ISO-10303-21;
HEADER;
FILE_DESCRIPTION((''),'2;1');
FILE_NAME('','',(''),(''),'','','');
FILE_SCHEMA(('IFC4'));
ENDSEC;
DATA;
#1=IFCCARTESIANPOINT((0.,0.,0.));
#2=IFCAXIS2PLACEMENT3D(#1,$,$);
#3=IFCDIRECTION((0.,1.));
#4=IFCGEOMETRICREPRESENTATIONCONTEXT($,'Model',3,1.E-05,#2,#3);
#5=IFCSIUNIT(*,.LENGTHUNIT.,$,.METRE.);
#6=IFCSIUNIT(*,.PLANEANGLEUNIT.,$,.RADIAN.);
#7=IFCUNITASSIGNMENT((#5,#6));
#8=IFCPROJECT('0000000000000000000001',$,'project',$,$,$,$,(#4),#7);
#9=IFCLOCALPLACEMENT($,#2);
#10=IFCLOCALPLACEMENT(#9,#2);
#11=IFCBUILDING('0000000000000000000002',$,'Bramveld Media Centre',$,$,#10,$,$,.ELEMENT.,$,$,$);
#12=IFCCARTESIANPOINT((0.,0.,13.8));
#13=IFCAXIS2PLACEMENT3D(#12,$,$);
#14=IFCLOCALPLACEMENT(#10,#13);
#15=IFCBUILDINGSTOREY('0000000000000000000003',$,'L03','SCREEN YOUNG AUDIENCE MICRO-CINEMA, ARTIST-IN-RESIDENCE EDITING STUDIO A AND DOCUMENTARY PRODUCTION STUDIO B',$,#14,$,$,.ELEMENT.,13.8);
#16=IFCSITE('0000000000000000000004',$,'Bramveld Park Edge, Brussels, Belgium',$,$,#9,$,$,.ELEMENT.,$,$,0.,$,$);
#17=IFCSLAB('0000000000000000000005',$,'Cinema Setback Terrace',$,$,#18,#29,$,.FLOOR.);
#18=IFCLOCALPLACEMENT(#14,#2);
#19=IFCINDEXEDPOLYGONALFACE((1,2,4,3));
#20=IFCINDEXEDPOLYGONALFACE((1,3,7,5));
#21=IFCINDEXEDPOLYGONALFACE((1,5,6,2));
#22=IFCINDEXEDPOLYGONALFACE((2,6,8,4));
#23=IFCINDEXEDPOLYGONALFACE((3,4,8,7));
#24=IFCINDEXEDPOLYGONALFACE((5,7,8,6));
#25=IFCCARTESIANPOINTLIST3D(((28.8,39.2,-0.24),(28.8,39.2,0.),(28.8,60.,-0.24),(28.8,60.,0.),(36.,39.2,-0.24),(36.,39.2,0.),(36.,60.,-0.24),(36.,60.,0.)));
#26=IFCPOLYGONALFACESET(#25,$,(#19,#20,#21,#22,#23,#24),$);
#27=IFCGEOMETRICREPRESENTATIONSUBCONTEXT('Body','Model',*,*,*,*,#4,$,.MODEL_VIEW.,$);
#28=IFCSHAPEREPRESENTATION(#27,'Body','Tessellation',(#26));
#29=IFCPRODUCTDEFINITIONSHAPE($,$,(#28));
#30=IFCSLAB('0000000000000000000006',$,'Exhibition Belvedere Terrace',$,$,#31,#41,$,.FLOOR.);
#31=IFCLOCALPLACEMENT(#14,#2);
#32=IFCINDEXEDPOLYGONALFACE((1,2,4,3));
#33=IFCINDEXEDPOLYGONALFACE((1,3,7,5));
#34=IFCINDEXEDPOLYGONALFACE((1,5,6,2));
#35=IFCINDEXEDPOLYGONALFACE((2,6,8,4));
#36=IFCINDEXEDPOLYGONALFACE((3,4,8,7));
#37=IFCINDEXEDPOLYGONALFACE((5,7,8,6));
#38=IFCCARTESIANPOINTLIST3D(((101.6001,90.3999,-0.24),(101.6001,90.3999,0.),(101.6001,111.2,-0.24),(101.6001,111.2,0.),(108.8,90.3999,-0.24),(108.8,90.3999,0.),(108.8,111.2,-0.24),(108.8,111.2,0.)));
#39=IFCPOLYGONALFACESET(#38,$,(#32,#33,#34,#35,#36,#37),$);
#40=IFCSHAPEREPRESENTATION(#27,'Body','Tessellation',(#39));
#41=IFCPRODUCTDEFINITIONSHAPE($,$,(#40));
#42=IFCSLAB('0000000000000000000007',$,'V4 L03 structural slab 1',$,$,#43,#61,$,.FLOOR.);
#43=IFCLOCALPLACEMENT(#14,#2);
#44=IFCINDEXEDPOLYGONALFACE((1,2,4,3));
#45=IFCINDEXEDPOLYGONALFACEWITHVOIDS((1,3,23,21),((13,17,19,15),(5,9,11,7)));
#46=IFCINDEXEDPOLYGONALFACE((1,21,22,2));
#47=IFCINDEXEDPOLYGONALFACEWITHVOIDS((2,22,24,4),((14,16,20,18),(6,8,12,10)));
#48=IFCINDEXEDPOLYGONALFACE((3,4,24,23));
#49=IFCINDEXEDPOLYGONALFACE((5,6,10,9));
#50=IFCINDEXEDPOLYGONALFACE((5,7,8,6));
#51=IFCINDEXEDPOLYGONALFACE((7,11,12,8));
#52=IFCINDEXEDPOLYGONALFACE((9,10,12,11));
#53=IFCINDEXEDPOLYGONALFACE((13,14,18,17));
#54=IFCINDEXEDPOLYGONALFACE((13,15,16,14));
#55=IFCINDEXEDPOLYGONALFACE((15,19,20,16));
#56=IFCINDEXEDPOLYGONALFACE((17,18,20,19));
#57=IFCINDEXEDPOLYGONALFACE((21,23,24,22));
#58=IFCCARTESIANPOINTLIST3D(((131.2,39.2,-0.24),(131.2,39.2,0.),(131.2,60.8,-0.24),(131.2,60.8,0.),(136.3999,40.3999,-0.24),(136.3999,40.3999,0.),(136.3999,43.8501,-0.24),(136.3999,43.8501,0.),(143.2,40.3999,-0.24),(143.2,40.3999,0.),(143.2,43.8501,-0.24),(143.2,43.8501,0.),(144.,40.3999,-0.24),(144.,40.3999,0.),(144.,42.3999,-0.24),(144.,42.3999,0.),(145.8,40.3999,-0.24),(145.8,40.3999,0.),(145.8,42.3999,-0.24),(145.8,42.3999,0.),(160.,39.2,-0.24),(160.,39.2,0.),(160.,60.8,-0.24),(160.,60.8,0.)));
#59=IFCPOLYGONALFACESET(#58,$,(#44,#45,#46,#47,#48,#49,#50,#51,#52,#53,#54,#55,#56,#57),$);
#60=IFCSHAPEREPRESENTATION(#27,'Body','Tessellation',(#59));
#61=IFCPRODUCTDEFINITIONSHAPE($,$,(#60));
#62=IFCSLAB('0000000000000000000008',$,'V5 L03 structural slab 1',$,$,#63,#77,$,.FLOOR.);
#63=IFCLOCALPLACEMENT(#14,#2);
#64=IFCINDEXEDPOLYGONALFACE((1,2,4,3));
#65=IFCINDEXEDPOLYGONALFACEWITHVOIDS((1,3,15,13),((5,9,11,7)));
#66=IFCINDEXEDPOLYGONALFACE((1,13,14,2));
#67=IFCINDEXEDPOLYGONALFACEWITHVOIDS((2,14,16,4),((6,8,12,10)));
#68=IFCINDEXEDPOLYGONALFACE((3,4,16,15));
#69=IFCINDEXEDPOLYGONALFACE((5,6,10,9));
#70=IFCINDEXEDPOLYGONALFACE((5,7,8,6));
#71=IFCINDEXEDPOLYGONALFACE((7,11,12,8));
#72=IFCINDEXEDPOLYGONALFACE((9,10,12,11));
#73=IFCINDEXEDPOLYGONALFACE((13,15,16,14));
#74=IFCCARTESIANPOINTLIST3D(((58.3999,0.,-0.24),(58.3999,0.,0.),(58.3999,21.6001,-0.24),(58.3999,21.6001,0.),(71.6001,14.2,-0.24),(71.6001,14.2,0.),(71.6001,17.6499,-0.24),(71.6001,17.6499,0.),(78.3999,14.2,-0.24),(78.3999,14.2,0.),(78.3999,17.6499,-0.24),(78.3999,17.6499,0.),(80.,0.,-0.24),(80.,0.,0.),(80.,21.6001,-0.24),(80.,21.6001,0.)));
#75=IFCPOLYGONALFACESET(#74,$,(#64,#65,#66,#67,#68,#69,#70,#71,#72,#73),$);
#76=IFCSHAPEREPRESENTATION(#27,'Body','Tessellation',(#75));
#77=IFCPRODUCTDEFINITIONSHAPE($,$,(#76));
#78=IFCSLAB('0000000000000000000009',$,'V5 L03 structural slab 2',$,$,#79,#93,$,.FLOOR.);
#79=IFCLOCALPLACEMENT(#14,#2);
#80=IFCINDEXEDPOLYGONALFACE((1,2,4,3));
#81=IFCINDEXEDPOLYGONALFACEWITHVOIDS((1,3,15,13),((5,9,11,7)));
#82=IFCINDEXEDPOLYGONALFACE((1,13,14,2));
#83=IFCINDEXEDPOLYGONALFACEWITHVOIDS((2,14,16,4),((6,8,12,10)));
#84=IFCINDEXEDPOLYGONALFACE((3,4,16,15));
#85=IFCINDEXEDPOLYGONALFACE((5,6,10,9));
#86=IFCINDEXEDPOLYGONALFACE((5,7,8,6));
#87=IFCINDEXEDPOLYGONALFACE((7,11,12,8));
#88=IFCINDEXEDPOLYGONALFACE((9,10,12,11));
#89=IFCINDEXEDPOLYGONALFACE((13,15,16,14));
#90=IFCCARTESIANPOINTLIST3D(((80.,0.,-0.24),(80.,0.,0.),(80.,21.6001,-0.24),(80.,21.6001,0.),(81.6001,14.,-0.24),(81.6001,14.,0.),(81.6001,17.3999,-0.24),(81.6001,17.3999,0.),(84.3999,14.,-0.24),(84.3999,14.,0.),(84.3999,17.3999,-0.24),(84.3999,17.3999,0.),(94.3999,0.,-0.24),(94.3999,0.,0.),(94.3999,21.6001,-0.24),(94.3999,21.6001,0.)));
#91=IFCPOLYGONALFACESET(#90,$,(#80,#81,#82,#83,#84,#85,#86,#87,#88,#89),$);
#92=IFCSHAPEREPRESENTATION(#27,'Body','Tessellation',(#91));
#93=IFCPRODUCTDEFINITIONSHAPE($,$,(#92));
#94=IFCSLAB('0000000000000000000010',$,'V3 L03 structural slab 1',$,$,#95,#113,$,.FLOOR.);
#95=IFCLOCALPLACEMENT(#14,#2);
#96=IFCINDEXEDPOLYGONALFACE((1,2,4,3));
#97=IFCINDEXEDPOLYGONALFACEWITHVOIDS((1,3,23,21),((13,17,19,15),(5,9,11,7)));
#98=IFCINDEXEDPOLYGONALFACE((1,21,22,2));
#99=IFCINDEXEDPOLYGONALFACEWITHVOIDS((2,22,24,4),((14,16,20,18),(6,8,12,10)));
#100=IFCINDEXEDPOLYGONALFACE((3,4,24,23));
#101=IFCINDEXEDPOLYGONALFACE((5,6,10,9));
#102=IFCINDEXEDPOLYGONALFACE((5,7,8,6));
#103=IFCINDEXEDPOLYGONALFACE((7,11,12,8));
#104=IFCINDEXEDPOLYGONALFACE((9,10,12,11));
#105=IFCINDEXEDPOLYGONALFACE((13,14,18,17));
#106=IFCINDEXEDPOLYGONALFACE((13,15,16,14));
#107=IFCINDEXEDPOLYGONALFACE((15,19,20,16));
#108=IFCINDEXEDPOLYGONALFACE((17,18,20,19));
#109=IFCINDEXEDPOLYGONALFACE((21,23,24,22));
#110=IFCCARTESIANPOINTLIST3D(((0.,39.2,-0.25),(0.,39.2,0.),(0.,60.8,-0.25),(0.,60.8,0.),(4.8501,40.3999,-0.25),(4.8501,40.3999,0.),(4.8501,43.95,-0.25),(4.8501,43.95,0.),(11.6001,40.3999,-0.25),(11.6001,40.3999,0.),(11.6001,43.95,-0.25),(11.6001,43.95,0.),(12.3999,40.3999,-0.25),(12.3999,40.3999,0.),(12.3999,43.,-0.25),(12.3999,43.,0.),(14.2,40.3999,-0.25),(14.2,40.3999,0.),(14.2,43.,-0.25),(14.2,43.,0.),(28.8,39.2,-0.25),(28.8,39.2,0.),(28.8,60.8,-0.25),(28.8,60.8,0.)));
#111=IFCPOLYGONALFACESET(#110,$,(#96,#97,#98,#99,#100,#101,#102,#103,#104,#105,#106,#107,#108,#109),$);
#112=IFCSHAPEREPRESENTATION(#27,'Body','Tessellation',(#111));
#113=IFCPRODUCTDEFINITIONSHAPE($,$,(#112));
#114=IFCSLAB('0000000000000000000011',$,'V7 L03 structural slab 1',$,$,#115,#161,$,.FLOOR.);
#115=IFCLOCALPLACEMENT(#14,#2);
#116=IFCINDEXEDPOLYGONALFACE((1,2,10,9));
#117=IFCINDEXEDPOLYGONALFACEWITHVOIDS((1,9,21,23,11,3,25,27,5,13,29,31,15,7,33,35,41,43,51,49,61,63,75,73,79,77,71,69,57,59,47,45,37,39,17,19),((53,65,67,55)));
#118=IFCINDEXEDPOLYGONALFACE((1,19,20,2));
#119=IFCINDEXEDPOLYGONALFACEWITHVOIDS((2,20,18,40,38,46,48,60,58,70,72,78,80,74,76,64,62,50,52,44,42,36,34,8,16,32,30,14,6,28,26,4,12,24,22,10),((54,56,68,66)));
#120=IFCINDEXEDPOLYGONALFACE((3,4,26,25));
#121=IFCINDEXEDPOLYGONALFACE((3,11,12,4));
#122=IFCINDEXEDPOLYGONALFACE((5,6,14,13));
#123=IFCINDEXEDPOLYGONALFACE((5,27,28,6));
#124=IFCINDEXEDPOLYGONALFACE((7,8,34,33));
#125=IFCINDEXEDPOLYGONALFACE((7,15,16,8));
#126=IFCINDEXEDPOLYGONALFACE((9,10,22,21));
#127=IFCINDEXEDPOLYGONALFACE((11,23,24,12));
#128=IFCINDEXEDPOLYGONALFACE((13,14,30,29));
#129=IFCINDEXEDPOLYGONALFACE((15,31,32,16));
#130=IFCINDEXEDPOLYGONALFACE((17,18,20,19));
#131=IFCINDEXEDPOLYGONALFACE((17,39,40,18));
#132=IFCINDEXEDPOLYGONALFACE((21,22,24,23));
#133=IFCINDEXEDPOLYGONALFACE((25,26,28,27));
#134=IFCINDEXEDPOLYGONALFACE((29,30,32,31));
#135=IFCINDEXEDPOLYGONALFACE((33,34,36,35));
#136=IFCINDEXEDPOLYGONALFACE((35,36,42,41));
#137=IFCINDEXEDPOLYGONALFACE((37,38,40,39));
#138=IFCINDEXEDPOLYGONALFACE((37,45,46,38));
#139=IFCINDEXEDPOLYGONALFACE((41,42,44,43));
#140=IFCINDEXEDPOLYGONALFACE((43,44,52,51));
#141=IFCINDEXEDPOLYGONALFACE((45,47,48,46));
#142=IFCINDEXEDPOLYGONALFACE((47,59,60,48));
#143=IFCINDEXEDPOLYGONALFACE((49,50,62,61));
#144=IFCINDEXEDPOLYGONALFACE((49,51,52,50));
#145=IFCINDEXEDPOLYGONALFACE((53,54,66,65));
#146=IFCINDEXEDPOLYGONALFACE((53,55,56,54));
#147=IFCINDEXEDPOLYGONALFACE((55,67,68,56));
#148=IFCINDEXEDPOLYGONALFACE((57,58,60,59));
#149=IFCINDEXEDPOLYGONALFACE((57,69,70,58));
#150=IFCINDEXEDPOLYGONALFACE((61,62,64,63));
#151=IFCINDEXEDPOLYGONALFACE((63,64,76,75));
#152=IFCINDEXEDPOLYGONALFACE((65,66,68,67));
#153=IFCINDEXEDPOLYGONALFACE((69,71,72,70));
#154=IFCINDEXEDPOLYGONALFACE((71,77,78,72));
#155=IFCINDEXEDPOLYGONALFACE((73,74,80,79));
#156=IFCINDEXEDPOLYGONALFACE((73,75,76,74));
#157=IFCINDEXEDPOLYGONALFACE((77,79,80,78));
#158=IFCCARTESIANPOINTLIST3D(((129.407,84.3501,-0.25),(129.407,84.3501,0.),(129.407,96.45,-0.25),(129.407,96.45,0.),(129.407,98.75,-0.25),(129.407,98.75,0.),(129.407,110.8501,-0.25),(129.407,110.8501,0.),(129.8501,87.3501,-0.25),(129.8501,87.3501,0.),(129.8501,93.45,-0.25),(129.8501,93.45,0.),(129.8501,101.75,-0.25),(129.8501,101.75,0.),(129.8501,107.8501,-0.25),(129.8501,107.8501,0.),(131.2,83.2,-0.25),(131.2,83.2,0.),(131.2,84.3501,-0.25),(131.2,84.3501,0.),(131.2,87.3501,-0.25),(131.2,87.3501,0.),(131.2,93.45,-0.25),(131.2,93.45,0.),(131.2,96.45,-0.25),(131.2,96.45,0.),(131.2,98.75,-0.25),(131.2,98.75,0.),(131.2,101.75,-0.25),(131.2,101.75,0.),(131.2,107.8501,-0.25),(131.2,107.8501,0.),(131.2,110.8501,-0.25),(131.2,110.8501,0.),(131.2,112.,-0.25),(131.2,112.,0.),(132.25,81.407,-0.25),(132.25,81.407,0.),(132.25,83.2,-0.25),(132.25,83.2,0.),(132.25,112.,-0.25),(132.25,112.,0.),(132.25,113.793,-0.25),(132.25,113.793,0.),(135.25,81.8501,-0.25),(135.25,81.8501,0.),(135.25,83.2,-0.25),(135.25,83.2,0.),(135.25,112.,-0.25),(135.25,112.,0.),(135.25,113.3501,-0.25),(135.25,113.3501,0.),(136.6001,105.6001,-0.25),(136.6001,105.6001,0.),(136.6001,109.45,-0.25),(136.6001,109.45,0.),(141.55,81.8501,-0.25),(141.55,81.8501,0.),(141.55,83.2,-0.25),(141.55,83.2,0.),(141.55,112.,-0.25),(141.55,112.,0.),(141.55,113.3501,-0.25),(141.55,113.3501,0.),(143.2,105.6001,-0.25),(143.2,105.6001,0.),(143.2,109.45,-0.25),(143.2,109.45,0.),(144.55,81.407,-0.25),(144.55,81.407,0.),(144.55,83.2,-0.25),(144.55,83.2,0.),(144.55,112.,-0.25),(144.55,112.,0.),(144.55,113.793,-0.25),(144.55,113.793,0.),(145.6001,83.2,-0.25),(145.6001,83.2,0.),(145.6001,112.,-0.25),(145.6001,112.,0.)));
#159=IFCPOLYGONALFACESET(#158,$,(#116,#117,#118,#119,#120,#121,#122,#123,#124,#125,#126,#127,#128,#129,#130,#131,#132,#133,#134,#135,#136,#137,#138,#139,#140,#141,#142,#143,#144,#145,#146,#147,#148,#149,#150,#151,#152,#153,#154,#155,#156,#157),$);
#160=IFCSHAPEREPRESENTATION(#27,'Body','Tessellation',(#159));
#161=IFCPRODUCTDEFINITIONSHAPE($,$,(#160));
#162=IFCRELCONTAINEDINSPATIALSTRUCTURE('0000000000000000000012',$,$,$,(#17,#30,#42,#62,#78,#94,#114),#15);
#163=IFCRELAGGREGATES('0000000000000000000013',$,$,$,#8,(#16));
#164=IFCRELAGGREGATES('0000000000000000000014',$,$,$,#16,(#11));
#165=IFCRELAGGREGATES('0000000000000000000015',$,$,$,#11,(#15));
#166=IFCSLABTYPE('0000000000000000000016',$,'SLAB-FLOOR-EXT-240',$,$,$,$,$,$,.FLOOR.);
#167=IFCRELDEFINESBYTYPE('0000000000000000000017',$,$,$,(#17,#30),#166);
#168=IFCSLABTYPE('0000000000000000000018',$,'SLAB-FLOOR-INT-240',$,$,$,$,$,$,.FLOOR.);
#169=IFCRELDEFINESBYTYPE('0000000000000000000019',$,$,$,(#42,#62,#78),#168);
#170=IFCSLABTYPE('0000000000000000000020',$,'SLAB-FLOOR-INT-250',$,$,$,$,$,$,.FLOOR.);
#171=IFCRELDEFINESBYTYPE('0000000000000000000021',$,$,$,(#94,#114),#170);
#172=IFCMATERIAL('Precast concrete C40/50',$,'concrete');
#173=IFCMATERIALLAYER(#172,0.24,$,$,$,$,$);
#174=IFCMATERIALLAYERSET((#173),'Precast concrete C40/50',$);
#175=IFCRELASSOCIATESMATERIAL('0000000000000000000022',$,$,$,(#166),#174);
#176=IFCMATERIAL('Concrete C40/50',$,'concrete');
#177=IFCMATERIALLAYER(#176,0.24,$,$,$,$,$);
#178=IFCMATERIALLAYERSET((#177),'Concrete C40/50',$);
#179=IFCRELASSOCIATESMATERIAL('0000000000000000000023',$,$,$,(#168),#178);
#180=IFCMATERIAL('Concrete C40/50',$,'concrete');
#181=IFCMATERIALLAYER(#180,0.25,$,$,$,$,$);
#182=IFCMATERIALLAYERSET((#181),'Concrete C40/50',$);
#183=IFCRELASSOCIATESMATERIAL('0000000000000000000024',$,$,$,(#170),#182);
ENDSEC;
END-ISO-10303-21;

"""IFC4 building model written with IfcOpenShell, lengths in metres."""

from ifc_helpers import new_model, si_unit, direction, frame, origin, place, context, subcontext, project, spatial, polyline, outline, extrude, material, layer, layer_set, type_object, element, save


model = new_model("IFC4")

# Units and contexts
model_context = context("Model", 3, precision=1e-05, world=origin(), true_north=direction((0.0, 1.0)))
body_context = subcontext(model_context, "Body", "Model", "MODEL_VIEW")
ifc_project = project(units=[si_unit("LENGTHUNIT", "METRE"), si_unit("PLANEANGLEUNIT", "RADIAN")], contexts=[model_context])

# Site, building, storey
site_placement = place(None, origin())
site = spatial("IfcSite", under=ifc_project, at=site_placement, Name="Bramveld Park Edge, Brussels, Belgium", CompositionType="ELEMENT", RefElevation=0.0)
building_placement = place(site_placement, origin())
building = spatial("IfcBuilding", under=site, at=building_placement, Name="Bramveld Media Centre", CompositionType="ELEMENT")
storey_placement = place(building_placement, frame((0.0, 0.0, 13.8)))
storey = spatial("IfcBuildingStorey", under=building, at=storey_placement, Name="L03", Description="SCREEN YOUNG AUDIENCE MICRO-CINEMA, ARTIST-IN-RESIDENCE EDITING STUDIO A AND DOCUMENTARY PRODUCTION STUDIO B", CompositionType="ELEMENT", Elevation=13.8)

# Slabs
ifc_material_1 = material(Name="Precast concrete C40/50", Category="concrete")
ifc_layer_1 = layer(ifc_material_1, 0.24)
ifc_layer_set_1 = layer_set([ifc_layer_1], Name="Precast concrete C40/50")
slab_type_1 = type_object("IfcSlabType", Name="SLAB-FLOOR-EXT-240", PredefinedType="FLOOR", material=ifc_layer_set_1)
slab_1_placement = place(storey_placement, frame((0.0, 0.0, -0.24)))
element("IfcSlab", 1, at=slab_1_placement, inside=storey, type_object=slab_type_1, Name="Cinema Setback Terrace", PredefinedType="FLOOR", context=body_context, shape_type="SweptSolid", body=[
    extrude(outline(polyline([(28.8, 39.2), (36.0, 39.2), (36.0, 60.0), (28.8, 60.0), (28.8, 39.2)])), origin(), (0.0, 0.0, 1.0), 0.24),
])
slab_2_placement = place(storey_placement, frame((0.0, 0.0, -0.24)))
element("IfcSlab", 2, at=slab_2_placement, inside=storey, type_object=slab_type_1, Name="Exhibition Belvedere Terrace", PredefinedType="FLOOR", context=body_context, shape_type="SweptSolid", body=[
    extrude(outline(polyline([(101.6001, 90.3999), (108.8, 90.3999), (108.8, 111.2), (101.6001, 111.2), (101.6001, 90.3999)])), origin(), (0.0, 0.0, 1.0), 0.24),
])
ifc_material_2 = material(Name="Concrete C40/50", Category="concrete")
ifc_layer_2 = layer(ifc_material_2, 0.24)
ifc_layer_set_2 = layer_set([ifc_layer_2], Name="Concrete C40/50")
slab_type_2 = type_object("IfcSlabType", Name="SLAB-FLOOR-INT-240", PredefinedType="FLOOR", material=ifc_layer_set_2)
slab_3_placement = place(storey_placement, frame((0.0, 0.0, -0.24)))
element("IfcSlab", 3, at=slab_3_placement, inside=storey, type_object=slab_type_2, Name="V4 L03 structural slab 1", PredefinedType="FLOOR", context=body_context, shape_type="SweptSolid", body=[
    extrude(outline(polyline([(131.2, 60.8), (160.0, 60.8), (160.0, 39.2), (131.2, 39.2), (131.2, 60.8)]), holes=[polyline([(145.8, 40.3999), (145.8, 42.3999), (144.0, 42.3999), (144.0, 40.3999), (145.8, 40.3999)]), polyline([(136.3999, 40.3999), (143.2, 40.3999), (143.2, 43.8501), (136.3999, 43.8501), (136.3999, 40.3999)])]), origin(), (0.0, 0.0, 1.0), 0.24),
])
slab_4_placement = place(storey_placement, frame((0.0, 0.0, -0.24)))
element("IfcSlab", 4, at=slab_4_placement, inside=storey, type_object=slab_type_2, Name="V5 L03 structural slab 1", PredefinedType="FLOOR", context=body_context, shape_type="SweptSolid", body=[
    extrude(outline(polyline([(58.3999, 21.6001), (80.0, 21.6001), (80.0, 0.0), (58.3999, 0.0), (58.3999, 21.6001)]), holes=[polyline([(71.6001, 14.2), (78.3999, 14.2), (78.3999, 17.6499), (71.6001, 17.6499), (71.6001, 14.2)])]), origin(), (0.0, 0.0, 1.0), 0.24),
])
slab_5_placement = place(storey_placement, frame((0.0, 0.0, -0.24)))
element("IfcSlab", 5, at=slab_5_placement, inside=storey, type_object=slab_type_2, Name="V5 L03 structural slab 2", PredefinedType="FLOOR", context=body_context, shape_type="SweptSolid", body=[
    extrude(outline(polyline([(94.3999, 0.0), (80.0, 0.0), (80.0, 21.6001), (94.3999, 21.6001), (94.3999, 0.0)]), holes=[polyline([(84.3999, 14.0), (84.3999, 17.3999), (81.6001, 17.3999), (81.6001, 14.0), (84.3999, 14.0)])]), origin(), (0.0, 0.0, 1.0), 0.24),
])
ifc_material_3 = material(Name="Concrete C40/50", Category="concrete")
ifc_layer_3 = layer(ifc_material_3, 0.25)
ifc_layer_set_3 = layer_set([ifc_layer_3], Name="Concrete C40/50")
slab_type_3 = type_object("IfcSlabType", Name="SLAB-FLOOR-INT-250", PredefinedType="FLOOR", material=ifc_layer_set_3)
slab_6_placement = place(storey_placement, frame((0.0, 0.0, -0.25)))
element("IfcSlab", 6, at=slab_6_placement, inside=storey, type_object=slab_type_3, Name="V3 L03 structural slab 1", PredefinedType="FLOOR", context=body_context, shape_type="SweptSolid", body=[
    extrude(outline(polyline([(0.0, 60.8), (28.8, 60.8), (28.8, 39.2), (0.0, 39.2), (0.0, 60.8)]), holes=[polyline([(14.2, 40.3999), (14.2, 43.0), (12.3999, 43.0), (12.3999, 40.3999), (14.2, 40.3999)]), polyline([(4.8501, 40.3999), (11.6001, 40.3999), (11.6001, 43.95), (4.8501, 43.95), (4.8501, 40.3999)])]), origin(), (0.0, 0.0, 1.0), 0.25),
])
slab_7_placement = place(storey_placement, frame((0.0, 0.0, -0.25)))
element("IfcSlab", 7, at=slab_7_placement, inside=storey, type_object=slab_type_3, Name="V7 L03 structural slab 1", PredefinedType="FLOOR", context=body_context, shape_type="SweptSolid", body=[
    extrude(outline(polyline([(131.2, 84.3501), (129.407, 84.3501), (129.8501, 87.3501), (131.2, 87.3501), (131.2, 93.45), (129.8501, 93.45), (129.407, 96.45), (131.2, 96.45), (131.2, 98.75), (129.407, 98.75), (129.8501, 101.75), (131.2, 101.75), (131.2, 107.8501), (129.8501, 107.8501), (129.407, 110.8501), (131.2, 110.8501), (131.2, 112.0), (132.25, 112.0), (132.25, 113.793), (135.25, 113.3501), (135.25, 112.0), (141.55, 112.0), (141.55, 113.3501), (144.55, 113.793), (144.55, 112.0), (145.6001, 112.0), (145.6001, 83.2), (144.55, 83.2), (144.55, 81.407), (141.55, 81.8501), (141.55, 83.2), (135.25, 83.2), (135.25, 81.8501), (132.25, 81.407), (132.25, 83.2), (131.2, 83.2), (131.2, 84.3501)]), holes=[polyline([(143.2, 109.45), (136.6001, 109.45), (136.6001, 105.6001), (143.2, 105.6001), (143.2, 109.45)])]), origin(), (0.0, 0.0, 1.0), 0.25),
])

save(model, "model.ifc")
